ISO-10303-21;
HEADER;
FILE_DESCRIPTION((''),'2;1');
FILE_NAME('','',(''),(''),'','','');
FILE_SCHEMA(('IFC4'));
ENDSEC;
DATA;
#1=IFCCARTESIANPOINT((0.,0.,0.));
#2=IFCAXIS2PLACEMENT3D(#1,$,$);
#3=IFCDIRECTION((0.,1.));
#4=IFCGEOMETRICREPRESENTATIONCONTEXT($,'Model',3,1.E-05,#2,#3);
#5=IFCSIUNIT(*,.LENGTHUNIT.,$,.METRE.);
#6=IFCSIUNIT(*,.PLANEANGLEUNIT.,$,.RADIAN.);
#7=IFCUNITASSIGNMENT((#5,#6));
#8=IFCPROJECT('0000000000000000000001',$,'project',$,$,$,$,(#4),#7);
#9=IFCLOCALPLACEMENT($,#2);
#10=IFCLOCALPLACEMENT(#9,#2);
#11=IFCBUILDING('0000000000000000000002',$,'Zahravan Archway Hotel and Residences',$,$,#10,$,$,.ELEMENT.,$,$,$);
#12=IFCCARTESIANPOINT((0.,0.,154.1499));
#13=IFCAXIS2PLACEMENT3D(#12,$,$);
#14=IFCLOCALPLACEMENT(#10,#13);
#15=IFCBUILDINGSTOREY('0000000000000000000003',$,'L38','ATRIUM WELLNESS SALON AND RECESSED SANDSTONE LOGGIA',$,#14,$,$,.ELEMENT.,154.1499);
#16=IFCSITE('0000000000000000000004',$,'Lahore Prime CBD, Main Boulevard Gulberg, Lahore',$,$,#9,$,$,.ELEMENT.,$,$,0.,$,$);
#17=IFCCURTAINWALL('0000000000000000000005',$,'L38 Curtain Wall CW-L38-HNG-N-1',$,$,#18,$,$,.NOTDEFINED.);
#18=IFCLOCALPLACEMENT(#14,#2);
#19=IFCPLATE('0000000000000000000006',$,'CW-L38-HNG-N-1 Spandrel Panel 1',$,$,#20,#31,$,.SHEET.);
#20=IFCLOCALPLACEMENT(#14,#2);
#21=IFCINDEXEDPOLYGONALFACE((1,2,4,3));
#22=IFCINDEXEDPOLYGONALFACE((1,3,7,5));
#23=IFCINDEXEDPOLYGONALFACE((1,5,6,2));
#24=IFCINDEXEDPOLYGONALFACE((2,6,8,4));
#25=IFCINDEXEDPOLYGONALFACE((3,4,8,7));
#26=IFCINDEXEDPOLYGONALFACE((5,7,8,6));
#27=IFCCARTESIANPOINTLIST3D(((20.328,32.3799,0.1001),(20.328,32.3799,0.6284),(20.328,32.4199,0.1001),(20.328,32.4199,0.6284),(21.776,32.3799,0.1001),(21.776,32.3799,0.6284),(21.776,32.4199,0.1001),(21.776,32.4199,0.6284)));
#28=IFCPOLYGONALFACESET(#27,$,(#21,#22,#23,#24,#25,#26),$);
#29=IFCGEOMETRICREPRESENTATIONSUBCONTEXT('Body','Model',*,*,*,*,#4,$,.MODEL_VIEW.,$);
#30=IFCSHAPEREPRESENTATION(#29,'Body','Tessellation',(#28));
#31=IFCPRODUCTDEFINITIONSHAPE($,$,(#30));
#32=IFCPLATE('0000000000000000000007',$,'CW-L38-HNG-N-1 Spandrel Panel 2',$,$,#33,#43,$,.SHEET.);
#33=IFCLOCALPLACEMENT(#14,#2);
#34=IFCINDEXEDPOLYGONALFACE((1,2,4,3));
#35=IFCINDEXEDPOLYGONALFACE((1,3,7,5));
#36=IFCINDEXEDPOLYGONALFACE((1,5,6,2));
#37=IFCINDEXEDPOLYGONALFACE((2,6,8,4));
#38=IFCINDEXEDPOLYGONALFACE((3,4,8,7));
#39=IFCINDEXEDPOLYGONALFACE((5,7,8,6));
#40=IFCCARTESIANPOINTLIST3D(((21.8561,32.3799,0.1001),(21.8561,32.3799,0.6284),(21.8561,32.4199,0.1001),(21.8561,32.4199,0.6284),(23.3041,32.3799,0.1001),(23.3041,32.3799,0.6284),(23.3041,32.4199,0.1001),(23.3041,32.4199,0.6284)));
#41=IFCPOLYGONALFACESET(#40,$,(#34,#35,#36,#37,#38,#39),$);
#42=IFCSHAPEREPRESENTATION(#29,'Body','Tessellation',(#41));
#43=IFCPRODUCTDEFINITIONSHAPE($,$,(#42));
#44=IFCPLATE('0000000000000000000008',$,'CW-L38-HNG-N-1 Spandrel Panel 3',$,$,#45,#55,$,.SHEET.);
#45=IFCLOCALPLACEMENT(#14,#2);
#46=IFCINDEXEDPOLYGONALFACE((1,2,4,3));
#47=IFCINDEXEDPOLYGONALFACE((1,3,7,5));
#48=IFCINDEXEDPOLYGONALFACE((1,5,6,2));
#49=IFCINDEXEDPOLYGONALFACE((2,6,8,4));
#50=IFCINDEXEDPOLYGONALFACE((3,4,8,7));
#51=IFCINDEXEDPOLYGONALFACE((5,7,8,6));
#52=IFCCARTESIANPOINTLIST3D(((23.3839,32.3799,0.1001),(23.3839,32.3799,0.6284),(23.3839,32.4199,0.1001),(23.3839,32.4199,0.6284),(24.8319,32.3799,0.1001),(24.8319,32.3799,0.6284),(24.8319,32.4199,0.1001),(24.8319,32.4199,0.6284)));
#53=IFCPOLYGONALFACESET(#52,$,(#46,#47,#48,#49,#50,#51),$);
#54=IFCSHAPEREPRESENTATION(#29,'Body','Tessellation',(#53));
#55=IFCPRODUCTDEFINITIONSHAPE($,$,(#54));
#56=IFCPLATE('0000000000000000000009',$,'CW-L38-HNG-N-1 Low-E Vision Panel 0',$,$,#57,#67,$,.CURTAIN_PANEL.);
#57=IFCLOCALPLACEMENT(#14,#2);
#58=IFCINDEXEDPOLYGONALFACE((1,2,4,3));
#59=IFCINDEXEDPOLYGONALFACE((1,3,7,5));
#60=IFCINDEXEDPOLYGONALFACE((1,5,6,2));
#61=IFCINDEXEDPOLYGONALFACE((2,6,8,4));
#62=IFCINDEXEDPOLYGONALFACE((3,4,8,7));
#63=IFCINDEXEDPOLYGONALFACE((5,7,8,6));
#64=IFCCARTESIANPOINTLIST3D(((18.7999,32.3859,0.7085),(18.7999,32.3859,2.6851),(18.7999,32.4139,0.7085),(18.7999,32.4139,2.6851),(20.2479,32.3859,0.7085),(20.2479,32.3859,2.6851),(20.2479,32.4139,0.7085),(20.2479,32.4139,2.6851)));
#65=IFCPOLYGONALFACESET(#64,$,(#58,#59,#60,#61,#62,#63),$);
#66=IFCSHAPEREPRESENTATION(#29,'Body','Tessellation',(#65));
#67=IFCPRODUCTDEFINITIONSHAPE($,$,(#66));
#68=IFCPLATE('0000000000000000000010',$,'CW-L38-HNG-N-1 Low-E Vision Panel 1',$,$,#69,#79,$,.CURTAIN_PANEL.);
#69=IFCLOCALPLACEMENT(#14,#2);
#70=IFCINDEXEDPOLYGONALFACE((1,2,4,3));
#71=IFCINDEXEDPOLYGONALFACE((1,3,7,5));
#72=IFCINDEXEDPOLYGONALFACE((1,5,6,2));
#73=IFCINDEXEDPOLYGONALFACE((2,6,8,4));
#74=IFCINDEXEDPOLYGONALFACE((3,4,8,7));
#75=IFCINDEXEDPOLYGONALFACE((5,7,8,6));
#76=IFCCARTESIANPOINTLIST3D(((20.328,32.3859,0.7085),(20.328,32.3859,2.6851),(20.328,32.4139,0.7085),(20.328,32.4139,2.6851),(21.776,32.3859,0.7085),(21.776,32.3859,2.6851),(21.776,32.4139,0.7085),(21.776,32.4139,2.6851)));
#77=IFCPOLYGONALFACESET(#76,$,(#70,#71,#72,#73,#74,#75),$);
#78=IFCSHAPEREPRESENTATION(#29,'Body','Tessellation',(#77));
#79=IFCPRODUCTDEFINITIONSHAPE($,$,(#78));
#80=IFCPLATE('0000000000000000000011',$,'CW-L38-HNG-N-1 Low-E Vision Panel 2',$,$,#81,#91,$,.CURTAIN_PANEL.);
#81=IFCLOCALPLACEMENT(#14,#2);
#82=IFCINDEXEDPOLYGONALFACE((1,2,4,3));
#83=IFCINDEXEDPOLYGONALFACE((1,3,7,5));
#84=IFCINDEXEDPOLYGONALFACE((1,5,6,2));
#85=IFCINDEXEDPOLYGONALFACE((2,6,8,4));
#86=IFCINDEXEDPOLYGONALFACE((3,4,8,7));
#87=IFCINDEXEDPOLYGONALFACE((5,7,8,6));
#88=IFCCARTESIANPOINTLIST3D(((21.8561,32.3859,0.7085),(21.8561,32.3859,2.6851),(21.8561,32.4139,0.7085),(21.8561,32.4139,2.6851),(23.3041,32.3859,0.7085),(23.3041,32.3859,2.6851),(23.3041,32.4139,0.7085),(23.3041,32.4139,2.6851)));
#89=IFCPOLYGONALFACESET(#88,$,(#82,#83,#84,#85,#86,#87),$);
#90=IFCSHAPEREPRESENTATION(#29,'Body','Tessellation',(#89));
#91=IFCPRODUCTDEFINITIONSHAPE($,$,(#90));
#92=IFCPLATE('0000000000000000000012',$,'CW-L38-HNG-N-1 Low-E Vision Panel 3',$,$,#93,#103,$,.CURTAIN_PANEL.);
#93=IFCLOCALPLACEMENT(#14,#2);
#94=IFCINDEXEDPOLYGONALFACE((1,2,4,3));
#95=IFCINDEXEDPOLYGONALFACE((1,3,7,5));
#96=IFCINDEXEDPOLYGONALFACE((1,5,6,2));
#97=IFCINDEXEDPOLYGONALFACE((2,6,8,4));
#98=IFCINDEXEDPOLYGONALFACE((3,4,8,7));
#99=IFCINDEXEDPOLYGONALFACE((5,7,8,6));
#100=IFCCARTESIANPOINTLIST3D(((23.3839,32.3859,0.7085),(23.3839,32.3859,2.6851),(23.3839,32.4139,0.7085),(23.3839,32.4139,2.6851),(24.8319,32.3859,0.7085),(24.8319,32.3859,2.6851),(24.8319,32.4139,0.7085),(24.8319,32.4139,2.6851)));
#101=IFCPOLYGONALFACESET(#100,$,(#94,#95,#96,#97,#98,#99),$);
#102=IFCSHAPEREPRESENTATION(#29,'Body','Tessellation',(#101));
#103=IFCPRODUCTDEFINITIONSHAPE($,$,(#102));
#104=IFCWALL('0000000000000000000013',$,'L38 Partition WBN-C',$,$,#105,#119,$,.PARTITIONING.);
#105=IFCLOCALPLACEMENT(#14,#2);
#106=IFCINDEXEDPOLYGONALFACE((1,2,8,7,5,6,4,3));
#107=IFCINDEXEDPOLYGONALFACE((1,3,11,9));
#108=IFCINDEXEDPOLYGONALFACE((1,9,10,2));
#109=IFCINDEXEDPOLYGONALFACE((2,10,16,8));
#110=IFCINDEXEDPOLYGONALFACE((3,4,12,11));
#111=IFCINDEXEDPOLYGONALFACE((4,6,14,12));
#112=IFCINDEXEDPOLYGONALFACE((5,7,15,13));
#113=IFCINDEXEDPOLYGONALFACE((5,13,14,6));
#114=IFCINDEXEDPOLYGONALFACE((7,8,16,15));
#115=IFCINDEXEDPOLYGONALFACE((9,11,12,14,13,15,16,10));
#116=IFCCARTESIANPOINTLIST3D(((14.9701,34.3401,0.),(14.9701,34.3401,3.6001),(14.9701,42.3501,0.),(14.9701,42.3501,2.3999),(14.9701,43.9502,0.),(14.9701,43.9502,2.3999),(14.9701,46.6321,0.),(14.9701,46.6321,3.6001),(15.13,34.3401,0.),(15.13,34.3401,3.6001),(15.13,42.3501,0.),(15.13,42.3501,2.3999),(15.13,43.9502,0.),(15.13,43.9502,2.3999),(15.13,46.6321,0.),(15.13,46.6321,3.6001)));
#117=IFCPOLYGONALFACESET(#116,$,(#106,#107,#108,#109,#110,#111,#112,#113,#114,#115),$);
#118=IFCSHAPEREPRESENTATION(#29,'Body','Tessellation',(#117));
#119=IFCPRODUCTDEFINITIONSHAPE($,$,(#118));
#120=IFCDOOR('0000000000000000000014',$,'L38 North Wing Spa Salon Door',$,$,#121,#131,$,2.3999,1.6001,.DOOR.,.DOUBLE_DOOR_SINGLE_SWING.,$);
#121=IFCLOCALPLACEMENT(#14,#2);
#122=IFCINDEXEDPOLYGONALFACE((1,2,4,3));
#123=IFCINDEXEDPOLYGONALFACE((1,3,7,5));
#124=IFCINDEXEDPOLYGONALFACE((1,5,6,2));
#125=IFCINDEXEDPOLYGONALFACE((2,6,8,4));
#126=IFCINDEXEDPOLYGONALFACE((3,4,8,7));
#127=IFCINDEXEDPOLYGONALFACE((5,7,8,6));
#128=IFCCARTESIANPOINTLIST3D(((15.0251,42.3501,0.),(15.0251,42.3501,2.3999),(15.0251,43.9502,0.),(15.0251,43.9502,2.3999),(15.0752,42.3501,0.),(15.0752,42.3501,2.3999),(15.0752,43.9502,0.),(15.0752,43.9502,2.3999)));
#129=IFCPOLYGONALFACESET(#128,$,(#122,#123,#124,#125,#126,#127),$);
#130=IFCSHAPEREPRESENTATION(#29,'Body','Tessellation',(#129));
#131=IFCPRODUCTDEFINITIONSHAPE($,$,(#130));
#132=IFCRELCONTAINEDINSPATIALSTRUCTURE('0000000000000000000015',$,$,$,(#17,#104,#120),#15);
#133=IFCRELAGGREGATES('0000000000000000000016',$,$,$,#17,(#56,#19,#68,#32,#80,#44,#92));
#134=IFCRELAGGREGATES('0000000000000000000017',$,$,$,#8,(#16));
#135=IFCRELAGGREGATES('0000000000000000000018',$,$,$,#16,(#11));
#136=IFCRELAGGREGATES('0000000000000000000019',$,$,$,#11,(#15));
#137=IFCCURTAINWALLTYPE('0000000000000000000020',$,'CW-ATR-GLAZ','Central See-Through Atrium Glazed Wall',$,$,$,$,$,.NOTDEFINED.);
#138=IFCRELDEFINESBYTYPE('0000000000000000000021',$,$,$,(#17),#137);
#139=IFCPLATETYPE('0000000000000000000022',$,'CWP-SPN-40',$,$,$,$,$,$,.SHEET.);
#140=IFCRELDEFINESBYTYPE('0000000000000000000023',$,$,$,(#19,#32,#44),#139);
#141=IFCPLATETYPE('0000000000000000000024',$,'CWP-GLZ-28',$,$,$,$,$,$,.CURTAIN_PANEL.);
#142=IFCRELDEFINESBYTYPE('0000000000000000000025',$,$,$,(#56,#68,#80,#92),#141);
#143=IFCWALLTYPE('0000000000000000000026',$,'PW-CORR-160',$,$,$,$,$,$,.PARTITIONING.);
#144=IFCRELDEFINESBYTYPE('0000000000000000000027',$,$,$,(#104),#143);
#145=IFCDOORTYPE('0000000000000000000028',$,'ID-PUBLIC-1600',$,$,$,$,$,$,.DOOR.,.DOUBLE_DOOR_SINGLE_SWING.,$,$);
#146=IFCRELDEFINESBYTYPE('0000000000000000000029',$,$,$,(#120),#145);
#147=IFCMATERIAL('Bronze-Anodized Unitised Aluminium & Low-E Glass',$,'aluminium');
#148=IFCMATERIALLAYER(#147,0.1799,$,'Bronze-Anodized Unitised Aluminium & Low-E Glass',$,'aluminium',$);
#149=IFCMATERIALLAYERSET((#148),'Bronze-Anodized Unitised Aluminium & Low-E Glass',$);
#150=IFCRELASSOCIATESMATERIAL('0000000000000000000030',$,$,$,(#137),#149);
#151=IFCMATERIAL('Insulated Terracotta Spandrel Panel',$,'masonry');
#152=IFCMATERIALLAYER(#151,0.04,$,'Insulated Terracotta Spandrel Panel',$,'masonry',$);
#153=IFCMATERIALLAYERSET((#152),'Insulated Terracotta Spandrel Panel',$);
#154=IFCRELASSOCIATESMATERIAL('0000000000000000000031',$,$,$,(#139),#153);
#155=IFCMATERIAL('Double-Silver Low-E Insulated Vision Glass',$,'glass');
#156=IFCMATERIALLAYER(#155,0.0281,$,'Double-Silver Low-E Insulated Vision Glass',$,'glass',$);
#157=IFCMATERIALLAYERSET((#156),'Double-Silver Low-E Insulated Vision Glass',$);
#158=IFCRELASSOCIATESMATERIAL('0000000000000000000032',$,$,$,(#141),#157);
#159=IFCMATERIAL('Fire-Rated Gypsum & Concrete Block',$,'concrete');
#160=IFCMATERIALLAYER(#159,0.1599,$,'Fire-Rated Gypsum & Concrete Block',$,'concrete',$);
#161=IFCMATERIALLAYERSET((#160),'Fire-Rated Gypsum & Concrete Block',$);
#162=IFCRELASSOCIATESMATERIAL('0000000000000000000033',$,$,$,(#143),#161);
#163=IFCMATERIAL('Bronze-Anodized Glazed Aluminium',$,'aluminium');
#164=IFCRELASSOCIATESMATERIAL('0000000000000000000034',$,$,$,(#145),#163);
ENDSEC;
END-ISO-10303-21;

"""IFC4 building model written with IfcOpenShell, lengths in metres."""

from ifc_helpers import new_model, si_unit, direction, frame, frame_2d, origin, origin_2d, place, context, subcontext, project, spatial, rectangle, extrude, source, transform, mapped, material, layer, layer_set, type_object, type_shapes, element, fill, aggregate, save


model = new_model("IFC4")

# Units and contexts
model_context = context("Model", 3, precision=1e-05, world=origin(), true_north=direction((0.0, 1.0)))
body_context = subcontext(model_context, "Body", "Model", "MODEL_VIEW")
ifc_project = project(units=[si_unit("LENGTHUNIT", "METRE"), si_unit("PLANEANGLEUNIT", "RADIAN")], contexts=[model_context])

# Site, building, storey
site_placement = place(None, origin())
site = spatial("IfcSite", under=ifc_project, at=site_placement, Name="Lahore Prime CBD, Main Boulevard Gulberg, Lahore", CompositionType="ELEMENT", RefElevation=0.0)
building_placement = place(site_placement, origin())
building = spatial("IfcBuilding", under=site, at=building_placement, Name="Zahravan Archway Hotel and Residences", CompositionType="ELEMENT")
storey_placement = place(building_placement, frame((0.0, 0.0, 154.1499)))
storey = spatial("IfcBuildingStorey", under=building, at=storey_placement, Name="L38", Description="ATRIUM WELLNESS SALON AND RECESSED SANDSTONE LOGGIA", CompositionType="ELEMENT", Elevation=154.1499)

# Curtain wall, plates
ifc_material_1 = material(Name="Bronze-Anodized Unitised Aluminium & Low-E Glass", Category="aluminium")
ifc_layer_1 = layer(ifc_material_1, 0.1799, Name="Bronze-Anodized Unitised Aluminium & Low-E Glass", Category="aluminium")
ifc_layer_set_1 = layer_set([ifc_layer_1], Name="Bronze-Anodized Unitised Aluminium & Low-E Glass")
curtain_wall_type = type_object("IfcCurtainWallType", Name="CW-ATR-GLAZ", Description="Central See-Through Atrium Glazed Wall", PredefinedType="NOTDEFINED", material=ifc_layer_set_1)
curtain_wall_placement = place(storey_placement, origin())
curtain_wall = element("IfcCurtainWall", 1, at=curtain_wall_placement, inside=storey, type_object=curtain_wall_type, Name="L38 Curtain Wall CW-L38-HNG-N-1", PredefinedType="NOTDEFINED")
ifc_material_2 = material(Name="Insulated Terracotta Spandrel Panel", Category="masonry")
ifc_layer_2 = layer(ifc_material_2, 0.04, Name="Insulated Terracotta Spandrel Panel", Category="masonry")
ifc_layer_set_2 = layer_set([ifc_layer_2], Name="Insulated Terracotta Spandrel Panel")
plate_type_1 = type_object("IfcPlateType", Name="CWP-SPN-40", PredefinedType="SHEET", material=ifc_layer_set_2)
shared_shape_1 = source(origin(), body_context, "Body", "SweptSolid", [
    extrude(rectangle(XDim=1.448, YDim=0.04, at=origin_2d()), origin(), (0.0, 0.0, 1.0), 0.5283),
])
plate_1_placement = place(storey_placement, frame((21.052, 32.3999, 0.1001), z_axis=(0.0, 0.0, 1.0), x_axis=(1.0, 0.0, 0.0)))
plate_1 = element("IfcPlate", 2, at=plate_1_placement, type_object=plate_type_1, Name="CW-L38-HNG-N-1 Spandrel Panel 1", PredefinedType="SHEET", context=body_context, shape_type="MappedRepresentation", body=[
    mapped(shared_shape_1, transform((0.0, 0.0, 0.0), scale=1.0)),
])
plate_2_placement = place(storey_placement, frame((22.5801, 32.3999, 0.1001), z_axis=(0.0, 0.0, 1.0), x_axis=(1.0, 0.0, 0.0)))
plate_2 = element("IfcPlate", 3, at=plate_2_placement, type_object=plate_type_1, Name="CW-L38-HNG-N-1 Spandrel Panel 2", PredefinedType="SHEET", context=body_context, shape_type="MappedRepresentation", body=[
    mapped(shared_shape_1, transform((0.0, 0.0, 0.0), scale=1.0)),
])
plate_3_placement = place(storey_placement, frame((24.1079, 32.3999, 0.1001), z_axis=(0.0, 0.0, 1.0), x_axis=(1.0, 0.0, 0.0)))
plate_3 = element("IfcPlate", 4, at=plate_3_placement, type_object=plate_type_1, Name="CW-L38-HNG-N-1 Spandrel Panel 3", PredefinedType="SHEET", context=body_context, shape_type="MappedRepresentation", body=[
    mapped(shared_shape_1, transform((0.0, 0.0, 0.0), scale=1.0)),
])
ifc_material_3 = material(Name="Double-Silver Low-E Insulated Vision Glass", Category="glass")
ifc_layer_3 = layer(ifc_material_3, 0.0281, Name="Double-Silver Low-E Insulated Vision Glass", Category="glass")
ifc_layer_set_3 = layer_set([ifc_layer_3], Name="Double-Silver Low-E Insulated Vision Glass")
plate_type_2 = type_object("IfcPlateType", Name="CWP-GLZ-28", PredefinedType="CURTAIN_PANEL", material=ifc_layer_set_3)
shared_shape_2 = source(origin(), body_context, "Body", "SweptSolid", [
    extrude(rectangle(XDim=1.448, YDim=0.0281, at=origin_2d()), origin(), (0.0, 0.0, 1.0), 1.9766),
])
plate_4_placement = place(storey_placement, frame((19.5239, 32.3999, 0.7085), z_axis=(0.0, 0.0, 1.0), x_axis=(1.0, 0.0, 0.0)))
plate_4 = element("IfcPlate", 5, at=plate_4_placement, type_object=plate_type_2, Name="CW-L38-HNG-N-1 Low-E Vision Panel 0", PredefinedType="CURTAIN_PANEL", context=body_context, shape_type="MappedRepresentation", body=[
    mapped(shared_shape_2, transform((0.0, 0.0, 0.0), scale=1.0)),
])
plate_5_placement = place(storey_placement, frame((21.052, 32.3999, 0.7085), z_axis=(0.0, 0.0, 1.0), x_axis=(1.0, 0.0, 0.0)))
plate_5 = element("IfcPlate", 6, at=plate_5_placement, type_object=plate_type_2, Name="CW-L38-HNG-N-1 Low-E Vision Panel 1", PredefinedType="CURTAIN_PANEL", context=body_context, shape_type="MappedRepresentation", body=[
    mapped(shared_shape_2, transform((0.0, 0.0, 0.0), scale=1.0)),
])
plate_6_placement = place(storey_placement, frame((22.5801, 32.3999, 0.7085), z_axis=(0.0, 0.0, 1.0), x_axis=(1.0, 0.0, 0.0)))
plate_6 = element("IfcPlate", 7, at=plate_6_placement, type_object=plate_type_2, Name="CW-L38-HNG-N-1 Low-E Vision Panel 2", PredefinedType="CURTAIN_PANEL", context=body_context, shape_type="MappedRepresentation", body=[
    mapped(shared_shape_2, transform((0.0, 0.0, 0.0), scale=1.0)),
])
plate_7_placement = place(storey_placement, frame((24.1079, 32.3999, 0.7085), z_axis=(0.0, 0.0, 1.0), x_axis=(1.0, 0.0, 0.0)))
plate_7 = element("IfcPlate", 8, at=plate_7_placement, type_object=plate_type_2, Name="CW-L38-HNG-N-1 Low-E Vision Panel 3", PredefinedType="CURTAIN_PANEL", context=body_context, shape_type="MappedRepresentation", body=[
    mapped(shared_shape_2, transform((0.0, 0.0, 0.0), scale=1.0)),
])
aggregate(curtain_wall, [plate_4, plate_1, plate_5, plate_2, plate_6, plate_3, plate_7])

# Wall, opening, door
ifc_material_4 = material(Name="Fire-Rated Gypsum & Concrete Block", Category="concrete")
ifc_layer_4 = layer(ifc_material_4, 0.1599, Name="Fire-Rated Gypsum & Concrete Block", Category="concrete")
ifc_layer_set_4 = layer_set([ifc_layer_4], Name="Fire-Rated Gypsum & Concrete Block")
wall_type = type_object("IfcWallType", Name="PW-CORR-160", PredefinedType="PARTITIONING", material=ifc_layer_set_4)
wall_placement = place(storey_placement, frame((15.05, 34.3401, 0.0), z_axis=(0.0, 0.0, 1.0), x_axis=(0.0, 1.0, 0.0)))
wall = element("IfcWall", 9, at=wall_placement, inside=storey, type_object=wall_type, Name="L38 Partition WBN-C", PredefinedType="PARTITIONING", context=body_context, shape_type="SweptSolid", body=[
    extrude(rectangle(XDim=12.292, YDim=0.1599, at=frame_2d((6.146, 0.0))), origin(), (0.0, 0.0, 1.0), 3.6001),
])
opening_placement = place(wall_placement, frame((8.01, 0.0, 0.0)))
opening = element("IfcOpeningElement", 10, at=opening_placement, cuts=wall, PredefinedType="OPENING", context=body_context, shape_type="SweptSolid", body=[
    extrude(rectangle(XDim=1.6001, YDim=2.3999, at=frame_2d((0.8, 1.2))), frame((0.0, 0.0898, 0.0), z_axis=(0.0, -1.0, 0.0), x_axis=(1.0, 0.0, 0.0)), (0.0, 0.0, 1.0), 0.1799),
])
ifc_material_5 = material(Name="Bronze-Anodized Glazed Aluminium", Category="aluminium")
door_type = type_object("IfcDoorType", Name="ID-PUBLIC-1600", OperationType="DOUBLE_DOOR_SINGLE_SWING", PredefinedType="DOOR", material=ifc_material_5)
shared_shape_3 = source(origin(), body_context, "Body", "SweptSolid", [
    extrude(rectangle(XDim=1.6001, YDim=2.3999, at=frame_2d((0.8, 1.2))), frame((0.0, 0.0249, 0.0), z_axis=(0.0, -1.0, 0.0), x_axis=(1.0, 0.0, 0.0)), (0.0, 0.0, 1.0), 0.05),
])
type_shapes(door_type, [shared_shape_3])
door_placement = place(opening_placement, origin())
door = element("IfcDoor", 11, at=door_placement, inside=storey, type_object=door_type, Name="L38 North Wing Spa Salon Door", OperationType="DOUBLE_DOOR_SINGLE_SWING", OverallHeight=2.3999, OverallWidth=1.6001, PredefinedType="DOOR", context=body_context, shape_type="MappedRepresentation", body=[
    mapped(shared_shape_3, transform((0.0, 0.0, 0.0), scale=1.0)),
])
fill(opening, door)

save(model, "model.ifc")
